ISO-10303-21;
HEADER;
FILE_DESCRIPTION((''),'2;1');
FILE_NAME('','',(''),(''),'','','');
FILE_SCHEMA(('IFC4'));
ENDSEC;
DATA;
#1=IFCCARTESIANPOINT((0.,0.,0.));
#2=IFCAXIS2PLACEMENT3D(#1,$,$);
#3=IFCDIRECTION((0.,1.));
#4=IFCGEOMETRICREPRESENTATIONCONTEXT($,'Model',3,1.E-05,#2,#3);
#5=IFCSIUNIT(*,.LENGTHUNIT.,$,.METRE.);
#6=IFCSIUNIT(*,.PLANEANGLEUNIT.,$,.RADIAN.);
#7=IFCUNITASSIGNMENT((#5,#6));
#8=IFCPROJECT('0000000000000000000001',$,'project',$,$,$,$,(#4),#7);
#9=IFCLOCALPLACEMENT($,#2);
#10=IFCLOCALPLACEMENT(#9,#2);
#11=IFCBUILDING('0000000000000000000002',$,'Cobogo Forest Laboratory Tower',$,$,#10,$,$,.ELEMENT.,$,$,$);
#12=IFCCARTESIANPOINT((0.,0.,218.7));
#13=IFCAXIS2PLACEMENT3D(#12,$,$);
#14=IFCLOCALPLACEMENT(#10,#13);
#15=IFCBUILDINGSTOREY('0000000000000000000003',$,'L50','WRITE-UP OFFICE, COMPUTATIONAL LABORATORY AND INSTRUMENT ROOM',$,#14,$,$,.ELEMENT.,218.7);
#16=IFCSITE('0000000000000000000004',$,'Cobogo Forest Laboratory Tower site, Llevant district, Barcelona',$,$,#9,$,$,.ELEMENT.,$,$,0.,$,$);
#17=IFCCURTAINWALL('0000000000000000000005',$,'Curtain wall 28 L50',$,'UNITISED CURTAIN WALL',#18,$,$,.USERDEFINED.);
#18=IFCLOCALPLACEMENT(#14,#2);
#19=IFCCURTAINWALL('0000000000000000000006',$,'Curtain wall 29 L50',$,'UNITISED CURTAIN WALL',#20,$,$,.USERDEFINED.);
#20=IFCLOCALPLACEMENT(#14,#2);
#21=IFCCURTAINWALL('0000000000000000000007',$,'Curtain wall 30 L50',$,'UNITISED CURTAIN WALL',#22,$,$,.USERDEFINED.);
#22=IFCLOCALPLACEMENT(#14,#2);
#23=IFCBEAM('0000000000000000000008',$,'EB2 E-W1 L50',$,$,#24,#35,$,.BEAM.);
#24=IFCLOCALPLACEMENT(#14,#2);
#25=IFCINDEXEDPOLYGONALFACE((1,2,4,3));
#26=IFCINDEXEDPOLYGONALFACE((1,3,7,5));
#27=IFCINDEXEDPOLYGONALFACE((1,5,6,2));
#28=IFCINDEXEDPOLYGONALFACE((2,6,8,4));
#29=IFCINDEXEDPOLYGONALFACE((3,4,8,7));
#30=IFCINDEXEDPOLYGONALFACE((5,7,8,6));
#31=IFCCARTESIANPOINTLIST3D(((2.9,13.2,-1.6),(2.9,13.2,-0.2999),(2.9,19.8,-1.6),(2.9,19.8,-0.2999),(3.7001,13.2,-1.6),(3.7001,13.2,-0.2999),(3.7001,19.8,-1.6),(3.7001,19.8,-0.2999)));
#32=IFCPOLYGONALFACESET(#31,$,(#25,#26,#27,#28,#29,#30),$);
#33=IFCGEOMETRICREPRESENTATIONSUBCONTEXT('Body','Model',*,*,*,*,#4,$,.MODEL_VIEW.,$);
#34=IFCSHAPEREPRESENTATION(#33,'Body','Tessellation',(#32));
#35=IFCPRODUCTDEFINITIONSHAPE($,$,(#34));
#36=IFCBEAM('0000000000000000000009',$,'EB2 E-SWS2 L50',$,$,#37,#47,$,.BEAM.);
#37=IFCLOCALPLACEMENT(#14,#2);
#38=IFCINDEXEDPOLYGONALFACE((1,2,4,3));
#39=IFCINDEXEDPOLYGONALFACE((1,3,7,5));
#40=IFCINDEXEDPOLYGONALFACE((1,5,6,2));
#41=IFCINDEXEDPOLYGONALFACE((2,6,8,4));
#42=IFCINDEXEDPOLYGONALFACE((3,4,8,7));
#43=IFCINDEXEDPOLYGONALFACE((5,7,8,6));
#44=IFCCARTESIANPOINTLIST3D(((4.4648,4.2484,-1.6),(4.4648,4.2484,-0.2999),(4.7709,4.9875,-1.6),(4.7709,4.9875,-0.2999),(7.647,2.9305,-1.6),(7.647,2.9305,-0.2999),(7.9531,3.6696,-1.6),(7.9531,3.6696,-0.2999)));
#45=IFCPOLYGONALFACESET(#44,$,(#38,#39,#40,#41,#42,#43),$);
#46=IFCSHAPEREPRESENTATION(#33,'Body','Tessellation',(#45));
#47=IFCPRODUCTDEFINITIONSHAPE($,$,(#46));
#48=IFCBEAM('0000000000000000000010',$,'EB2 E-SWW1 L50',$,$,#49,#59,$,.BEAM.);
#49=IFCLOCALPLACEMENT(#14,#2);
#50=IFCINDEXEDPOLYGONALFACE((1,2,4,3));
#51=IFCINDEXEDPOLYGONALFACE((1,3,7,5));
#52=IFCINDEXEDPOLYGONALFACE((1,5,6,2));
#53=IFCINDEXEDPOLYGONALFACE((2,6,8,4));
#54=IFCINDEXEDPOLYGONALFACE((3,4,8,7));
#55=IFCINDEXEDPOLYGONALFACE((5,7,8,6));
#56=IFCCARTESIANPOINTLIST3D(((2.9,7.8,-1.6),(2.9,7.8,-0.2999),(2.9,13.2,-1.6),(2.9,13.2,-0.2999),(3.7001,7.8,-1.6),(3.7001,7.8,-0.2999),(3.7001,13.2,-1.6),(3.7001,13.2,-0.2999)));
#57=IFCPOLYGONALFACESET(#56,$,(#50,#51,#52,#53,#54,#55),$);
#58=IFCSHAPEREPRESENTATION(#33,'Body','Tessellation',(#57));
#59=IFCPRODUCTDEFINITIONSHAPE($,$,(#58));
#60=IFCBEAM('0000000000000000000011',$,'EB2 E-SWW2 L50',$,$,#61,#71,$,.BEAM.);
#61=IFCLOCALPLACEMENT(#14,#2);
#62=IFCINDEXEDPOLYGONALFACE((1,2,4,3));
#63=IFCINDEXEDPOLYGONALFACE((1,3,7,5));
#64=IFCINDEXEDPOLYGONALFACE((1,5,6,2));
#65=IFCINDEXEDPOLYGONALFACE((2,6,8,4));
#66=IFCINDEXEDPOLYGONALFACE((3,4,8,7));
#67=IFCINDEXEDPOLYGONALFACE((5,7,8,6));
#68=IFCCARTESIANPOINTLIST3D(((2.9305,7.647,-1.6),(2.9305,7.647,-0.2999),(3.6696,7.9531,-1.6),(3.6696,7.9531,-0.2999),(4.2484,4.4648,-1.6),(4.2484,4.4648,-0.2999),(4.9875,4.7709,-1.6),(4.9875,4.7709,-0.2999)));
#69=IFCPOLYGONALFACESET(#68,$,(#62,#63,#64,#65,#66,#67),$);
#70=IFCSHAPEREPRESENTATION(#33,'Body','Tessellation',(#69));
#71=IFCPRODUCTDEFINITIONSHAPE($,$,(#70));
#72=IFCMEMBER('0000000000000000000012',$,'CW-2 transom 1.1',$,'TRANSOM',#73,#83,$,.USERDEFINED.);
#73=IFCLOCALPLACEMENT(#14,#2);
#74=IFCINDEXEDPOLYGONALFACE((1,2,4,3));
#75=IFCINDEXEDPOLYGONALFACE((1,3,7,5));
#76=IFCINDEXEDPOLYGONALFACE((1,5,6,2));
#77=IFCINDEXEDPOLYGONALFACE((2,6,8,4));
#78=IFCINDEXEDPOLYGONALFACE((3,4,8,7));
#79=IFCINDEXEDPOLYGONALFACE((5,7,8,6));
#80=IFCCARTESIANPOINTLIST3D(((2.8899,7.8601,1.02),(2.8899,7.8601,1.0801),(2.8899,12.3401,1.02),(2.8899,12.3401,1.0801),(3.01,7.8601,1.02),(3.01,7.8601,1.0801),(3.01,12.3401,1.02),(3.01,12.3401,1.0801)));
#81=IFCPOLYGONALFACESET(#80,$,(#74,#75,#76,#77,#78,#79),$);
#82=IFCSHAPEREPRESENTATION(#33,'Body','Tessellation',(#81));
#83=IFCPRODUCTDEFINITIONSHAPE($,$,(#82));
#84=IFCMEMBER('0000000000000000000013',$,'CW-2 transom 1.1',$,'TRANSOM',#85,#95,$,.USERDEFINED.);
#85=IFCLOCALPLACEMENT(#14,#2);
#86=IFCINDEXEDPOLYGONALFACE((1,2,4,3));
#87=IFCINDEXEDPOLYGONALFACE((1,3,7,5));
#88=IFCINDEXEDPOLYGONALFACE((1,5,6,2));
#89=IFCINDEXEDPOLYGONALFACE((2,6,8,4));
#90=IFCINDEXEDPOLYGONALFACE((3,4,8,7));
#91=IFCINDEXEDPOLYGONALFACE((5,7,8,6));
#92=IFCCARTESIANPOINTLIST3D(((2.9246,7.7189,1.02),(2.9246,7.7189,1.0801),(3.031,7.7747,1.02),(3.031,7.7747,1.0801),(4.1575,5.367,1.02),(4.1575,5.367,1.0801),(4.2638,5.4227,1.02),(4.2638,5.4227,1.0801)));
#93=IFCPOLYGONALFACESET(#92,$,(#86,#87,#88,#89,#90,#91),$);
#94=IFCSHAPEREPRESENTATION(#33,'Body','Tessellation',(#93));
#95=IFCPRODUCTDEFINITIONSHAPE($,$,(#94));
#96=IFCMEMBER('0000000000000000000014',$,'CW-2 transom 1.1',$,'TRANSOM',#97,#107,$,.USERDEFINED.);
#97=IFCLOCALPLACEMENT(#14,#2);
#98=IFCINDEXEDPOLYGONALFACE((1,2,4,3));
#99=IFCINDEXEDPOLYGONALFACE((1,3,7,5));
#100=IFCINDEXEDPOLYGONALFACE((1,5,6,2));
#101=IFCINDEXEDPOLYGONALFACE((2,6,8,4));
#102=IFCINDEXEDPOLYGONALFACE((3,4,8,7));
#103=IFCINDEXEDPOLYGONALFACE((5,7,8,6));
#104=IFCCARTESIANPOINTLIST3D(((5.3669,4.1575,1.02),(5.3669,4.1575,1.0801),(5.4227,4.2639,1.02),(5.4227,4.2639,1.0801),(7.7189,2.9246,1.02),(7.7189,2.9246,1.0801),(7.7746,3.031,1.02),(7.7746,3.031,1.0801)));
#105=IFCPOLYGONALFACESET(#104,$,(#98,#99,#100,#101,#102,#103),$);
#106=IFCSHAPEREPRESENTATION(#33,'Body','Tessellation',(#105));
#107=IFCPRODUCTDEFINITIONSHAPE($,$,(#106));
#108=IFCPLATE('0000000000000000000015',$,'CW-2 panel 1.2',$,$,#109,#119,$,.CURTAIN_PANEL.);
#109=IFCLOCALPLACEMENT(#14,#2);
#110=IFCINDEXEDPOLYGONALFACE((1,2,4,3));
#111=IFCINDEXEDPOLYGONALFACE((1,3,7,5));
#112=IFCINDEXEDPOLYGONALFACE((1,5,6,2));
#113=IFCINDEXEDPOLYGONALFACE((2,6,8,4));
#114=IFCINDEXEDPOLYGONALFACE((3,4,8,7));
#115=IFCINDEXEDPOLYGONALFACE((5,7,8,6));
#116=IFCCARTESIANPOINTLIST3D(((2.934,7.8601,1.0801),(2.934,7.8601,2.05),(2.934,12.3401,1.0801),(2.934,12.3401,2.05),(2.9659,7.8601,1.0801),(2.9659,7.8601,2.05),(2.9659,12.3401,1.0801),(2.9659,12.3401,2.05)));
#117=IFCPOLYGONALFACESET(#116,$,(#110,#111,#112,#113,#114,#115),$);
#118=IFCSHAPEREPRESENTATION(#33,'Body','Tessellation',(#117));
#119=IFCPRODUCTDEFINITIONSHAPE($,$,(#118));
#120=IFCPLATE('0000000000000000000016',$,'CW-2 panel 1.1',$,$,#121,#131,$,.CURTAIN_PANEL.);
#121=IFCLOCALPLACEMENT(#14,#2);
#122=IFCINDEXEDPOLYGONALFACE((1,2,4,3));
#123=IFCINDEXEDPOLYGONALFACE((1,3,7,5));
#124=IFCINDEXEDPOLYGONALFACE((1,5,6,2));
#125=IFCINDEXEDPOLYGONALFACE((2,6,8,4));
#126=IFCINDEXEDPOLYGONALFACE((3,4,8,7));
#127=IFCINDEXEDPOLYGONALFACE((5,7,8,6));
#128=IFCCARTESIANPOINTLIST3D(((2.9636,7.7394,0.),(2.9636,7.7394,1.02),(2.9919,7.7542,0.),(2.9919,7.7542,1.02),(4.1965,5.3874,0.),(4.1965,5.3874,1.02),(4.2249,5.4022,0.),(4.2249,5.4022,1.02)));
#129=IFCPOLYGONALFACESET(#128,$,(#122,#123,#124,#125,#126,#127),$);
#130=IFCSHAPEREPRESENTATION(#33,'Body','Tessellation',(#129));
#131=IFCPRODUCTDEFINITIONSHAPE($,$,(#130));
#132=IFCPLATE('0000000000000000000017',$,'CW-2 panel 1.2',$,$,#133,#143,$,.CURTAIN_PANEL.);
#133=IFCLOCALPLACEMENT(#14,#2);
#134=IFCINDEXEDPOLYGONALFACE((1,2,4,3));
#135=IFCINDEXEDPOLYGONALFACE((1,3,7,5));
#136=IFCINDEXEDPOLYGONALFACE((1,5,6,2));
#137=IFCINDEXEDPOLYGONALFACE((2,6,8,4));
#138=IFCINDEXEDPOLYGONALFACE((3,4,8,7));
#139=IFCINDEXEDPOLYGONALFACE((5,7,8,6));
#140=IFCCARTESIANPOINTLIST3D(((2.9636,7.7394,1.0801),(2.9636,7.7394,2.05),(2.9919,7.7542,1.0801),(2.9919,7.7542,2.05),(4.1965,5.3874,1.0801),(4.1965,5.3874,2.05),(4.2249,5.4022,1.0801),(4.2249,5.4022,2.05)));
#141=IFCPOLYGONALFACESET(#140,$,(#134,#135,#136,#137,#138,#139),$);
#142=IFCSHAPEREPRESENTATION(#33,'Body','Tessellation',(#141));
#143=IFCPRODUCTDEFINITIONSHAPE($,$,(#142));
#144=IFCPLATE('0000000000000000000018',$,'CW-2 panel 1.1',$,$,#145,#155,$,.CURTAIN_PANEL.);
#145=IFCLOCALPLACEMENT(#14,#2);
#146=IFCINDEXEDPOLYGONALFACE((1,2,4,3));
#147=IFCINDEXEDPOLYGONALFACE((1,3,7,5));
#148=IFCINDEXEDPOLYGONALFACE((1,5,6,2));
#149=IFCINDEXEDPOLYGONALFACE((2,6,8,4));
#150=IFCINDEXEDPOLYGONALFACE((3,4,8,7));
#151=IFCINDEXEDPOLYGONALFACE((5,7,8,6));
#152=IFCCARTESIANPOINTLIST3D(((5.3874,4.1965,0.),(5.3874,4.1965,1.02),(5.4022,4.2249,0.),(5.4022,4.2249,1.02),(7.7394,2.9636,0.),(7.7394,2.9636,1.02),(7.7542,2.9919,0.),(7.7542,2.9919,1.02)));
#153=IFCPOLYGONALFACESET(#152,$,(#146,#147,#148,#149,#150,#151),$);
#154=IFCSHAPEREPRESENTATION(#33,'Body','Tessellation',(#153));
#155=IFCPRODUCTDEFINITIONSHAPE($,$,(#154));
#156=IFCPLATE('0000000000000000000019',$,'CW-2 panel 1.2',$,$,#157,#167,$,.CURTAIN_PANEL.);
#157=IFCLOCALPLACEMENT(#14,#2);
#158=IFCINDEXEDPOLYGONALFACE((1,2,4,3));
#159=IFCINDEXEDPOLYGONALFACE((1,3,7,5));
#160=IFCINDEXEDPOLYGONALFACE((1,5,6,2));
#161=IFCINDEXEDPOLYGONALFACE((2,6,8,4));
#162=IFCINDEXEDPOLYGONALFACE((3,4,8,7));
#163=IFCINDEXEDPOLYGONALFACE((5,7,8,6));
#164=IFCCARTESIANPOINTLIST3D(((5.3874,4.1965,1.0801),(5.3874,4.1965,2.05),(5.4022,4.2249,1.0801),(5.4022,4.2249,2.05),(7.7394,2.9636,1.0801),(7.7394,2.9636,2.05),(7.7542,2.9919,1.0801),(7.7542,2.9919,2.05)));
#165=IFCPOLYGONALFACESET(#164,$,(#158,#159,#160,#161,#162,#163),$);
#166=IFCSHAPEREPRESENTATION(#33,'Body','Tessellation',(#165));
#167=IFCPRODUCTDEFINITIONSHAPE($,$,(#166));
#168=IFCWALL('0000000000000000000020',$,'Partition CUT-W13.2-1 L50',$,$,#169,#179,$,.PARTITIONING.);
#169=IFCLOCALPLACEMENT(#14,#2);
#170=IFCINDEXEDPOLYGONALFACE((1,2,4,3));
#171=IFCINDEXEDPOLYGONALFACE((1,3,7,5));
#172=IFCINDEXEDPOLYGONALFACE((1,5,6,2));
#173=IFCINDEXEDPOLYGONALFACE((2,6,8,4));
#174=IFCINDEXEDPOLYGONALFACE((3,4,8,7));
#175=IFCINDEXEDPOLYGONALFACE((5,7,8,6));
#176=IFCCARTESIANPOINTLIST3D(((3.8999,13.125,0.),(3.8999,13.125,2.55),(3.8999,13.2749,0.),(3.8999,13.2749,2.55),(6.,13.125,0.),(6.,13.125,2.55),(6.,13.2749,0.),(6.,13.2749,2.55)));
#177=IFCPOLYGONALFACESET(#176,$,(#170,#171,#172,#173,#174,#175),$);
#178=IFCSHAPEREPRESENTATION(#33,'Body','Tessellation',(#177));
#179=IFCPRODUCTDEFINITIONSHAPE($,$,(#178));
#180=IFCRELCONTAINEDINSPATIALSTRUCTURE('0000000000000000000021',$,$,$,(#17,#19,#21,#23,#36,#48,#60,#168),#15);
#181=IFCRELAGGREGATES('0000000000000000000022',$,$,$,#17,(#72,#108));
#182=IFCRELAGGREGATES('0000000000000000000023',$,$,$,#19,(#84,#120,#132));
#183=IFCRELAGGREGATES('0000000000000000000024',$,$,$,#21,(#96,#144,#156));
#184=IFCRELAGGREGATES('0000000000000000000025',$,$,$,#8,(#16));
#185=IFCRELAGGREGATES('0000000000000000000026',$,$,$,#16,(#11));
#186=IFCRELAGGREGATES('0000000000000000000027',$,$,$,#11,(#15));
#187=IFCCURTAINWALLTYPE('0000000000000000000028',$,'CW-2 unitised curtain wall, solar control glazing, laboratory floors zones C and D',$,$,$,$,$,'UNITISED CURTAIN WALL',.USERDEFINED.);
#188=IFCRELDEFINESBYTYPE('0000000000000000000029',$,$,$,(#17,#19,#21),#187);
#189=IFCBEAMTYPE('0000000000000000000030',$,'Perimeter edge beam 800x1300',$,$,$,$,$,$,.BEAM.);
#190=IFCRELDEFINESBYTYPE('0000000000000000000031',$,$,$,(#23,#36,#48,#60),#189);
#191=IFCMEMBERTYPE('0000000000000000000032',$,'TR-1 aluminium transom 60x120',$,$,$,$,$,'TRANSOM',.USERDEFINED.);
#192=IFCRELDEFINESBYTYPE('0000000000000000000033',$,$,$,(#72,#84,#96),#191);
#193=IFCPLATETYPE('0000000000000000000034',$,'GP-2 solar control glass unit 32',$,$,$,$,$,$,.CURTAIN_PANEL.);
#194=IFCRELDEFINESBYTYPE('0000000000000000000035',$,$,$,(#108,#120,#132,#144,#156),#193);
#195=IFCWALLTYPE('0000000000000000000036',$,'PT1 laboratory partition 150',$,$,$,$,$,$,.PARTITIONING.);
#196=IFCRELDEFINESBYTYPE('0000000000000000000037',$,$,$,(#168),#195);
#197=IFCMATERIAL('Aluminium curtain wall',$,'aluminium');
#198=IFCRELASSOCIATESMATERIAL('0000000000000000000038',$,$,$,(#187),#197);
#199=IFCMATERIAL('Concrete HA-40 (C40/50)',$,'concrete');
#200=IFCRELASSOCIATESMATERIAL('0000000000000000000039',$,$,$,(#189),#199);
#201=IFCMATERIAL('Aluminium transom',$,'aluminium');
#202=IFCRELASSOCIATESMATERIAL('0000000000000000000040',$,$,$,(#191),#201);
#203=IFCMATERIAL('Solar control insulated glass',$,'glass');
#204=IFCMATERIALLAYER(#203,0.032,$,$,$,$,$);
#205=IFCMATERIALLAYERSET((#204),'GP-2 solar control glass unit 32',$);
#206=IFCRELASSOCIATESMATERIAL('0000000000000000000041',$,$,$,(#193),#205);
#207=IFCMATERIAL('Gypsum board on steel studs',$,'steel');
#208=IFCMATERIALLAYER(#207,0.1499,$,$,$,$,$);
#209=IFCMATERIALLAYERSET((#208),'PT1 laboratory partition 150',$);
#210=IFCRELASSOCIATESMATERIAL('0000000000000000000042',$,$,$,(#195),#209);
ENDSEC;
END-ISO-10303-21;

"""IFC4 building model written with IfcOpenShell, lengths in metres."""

from ifc_helpers import new_model, si_unit, direction, frame, frame_2d, origin, origin_2d, place, context, subcontext, project, spatial, rectangle, extrude, material, layer, layer_set, material_profile, profile_set, type_object, element, aggregate, save


model = new_model("IFC4")

# Units and contexts
model_context = context("Model", 3, precision=1e-05, world=origin(), true_north=direction((0.0, 1.0)))
body_context = subcontext(model_context, "Body", "Model", "MODEL_VIEW")
ifc_project = project(units=[si_unit("LENGTHUNIT", "METRE"), si_unit("PLANEANGLEUNIT", "RADIAN")], contexts=[model_context])

# Site, building, storey
site_placement = place(None, origin())
site = spatial("IfcSite", under=ifc_project, at=site_placement, Name="Cobogo Forest Laboratory Tower site, Llevant district, Barcelona", CompositionType="ELEMENT", RefElevation=0.0)
building_placement = place(site_placement, origin())
building = spatial("IfcBuilding", under=site, at=building_placement, Name="Cobogo Forest Laboratory Tower", CompositionType="ELEMENT")
storey_placement = place(building_placement, frame((0.0, 0.0, 218.7)))
storey = spatial("IfcBuildingStorey", under=building, at=storey_placement, Name="L50", Description="WRITE-UP OFFICE, COMPUTATIONAL LABORATORY AND INSTRUMENT ROOM", CompositionType="ELEMENT", Elevation=218.7)

# Curtain wall
ifc_material_1 = material(Name="Aluminium curtain wall", Category="aluminium")
curtain_wall_type = type_object("IfcCurtainWallType", Name="CW-2 unitised curtain wall, solar control glazing, laboratory floors zones C and D", ElementType="UNITISED CURTAIN WALL", PredefinedType="USERDEFINED", material=ifc_material_1)
curtain_wall_1_placement = place(storey_placement, origin())
curtain_wall_1 = element("IfcCurtainWall", 1, at=curtain_wall_1_placement, inside=storey, type_object=curtain_wall_type, Name="Curtain wall 28 L50", ObjectType="UNITISED CURTAIN WALL", PredefinedType="USERDEFINED")

# Curtain walls
curtain_wall_2_placement = place(storey_placement, origin())
curtain_wall_2 = element("IfcCurtainWall", 2, at=curtain_wall_2_placement, inside=storey, type_object=curtain_wall_type, Name="Curtain wall 29 L50", ObjectType="UNITISED CURTAIN WALL", PredefinedType="USERDEFINED")
curtain_wall_3_placement = place(storey_placement, origin())
curtain_wall_3 = element("IfcCurtainWall", 3, at=curtain_wall_3_placement, inside=storey, type_object=curtain_wall_type, Name="Curtain wall 30 L50", ObjectType="UNITISED CURTAIN WALL", PredefinedType="USERDEFINED")

# Beams
ifc_material_2 = material(Name="Concrete HA-40 (C40/50)", Category="concrete")
ifc_material_profile_1 = material_profile(ifc_material_2, rectangle(XDim=0.8, YDim=1.3, at=origin_2d()), Name="RC 800x1300")
ifc_profile_set_1 = profile_set([ifc_material_profile_1], Name="Concrete HA-40 (C40/50)")
beam_type_1 = type_object("IfcBeamType", Name="Perimeter edge beam 800x1300", PredefinedType="BEAM", material=ifc_profile_set_1)
beam_1_placement = place(storey_placement, frame((3.3, 13.2, -0.95), z_axis=(0.0, 1.0, 0.0), x_axis=(-1.0, 0.0, 0.0)))
element("IfcBeam", 4, at=beam_1_placement, inside=storey, type_object=beam_type_1, Name="EB2 E-W1 L50", PredefinedType="BEAM", context=body_context, shape_type="SweptSolid", body=[
    extrude(rectangle(XDim=0.8, YDim=1.3, at=origin_2d()), origin(), (0.0, 0.0, 1.0), 6.6001),
])
beam_2_placement = place(storey_placement, frame((7.8, 3.3, -0.95), z_axis=(-0.923901, 0.382631, 0.0), x_axis=(-0.382631, -0.923901, 0.0)))
element("IfcBeam", 5, at=beam_2_placement, inside=storey, type_object=beam_type_1, Name="EB2 E-SWS2 L50", PredefinedType="BEAM", context=body_context, shape_type="SweptSolid", body=[
    extrude(rectangle(XDim=0.8, YDim=1.3, at=origin_2d()), origin(), (0.0, 0.0, 1.0), 3.4443),
])
beam_3_placement = place(storey_placement, frame((3.3, 13.2, -0.95), z_axis=(0.0, -1.0, 0.0), x_axis=(1.0, 0.0, 0.0)))
element("IfcBeam", 6, at=beam_3_placement, inside=storey, type_object=beam_type_1, Name="EB2 E-SWW1 L50", PredefinedType="BEAM", context=body_context, shape_type="SweptSolid", body=[
    extrude(rectangle(XDim=0.8, YDim=1.3, at=origin_2d()), origin(), (0.0, 0.0, 1.0), 5.3999),
])
beam_4_placement = place(storey_placement, frame((3.3, 7.8, -0.95), z_axis=(0.382631, -0.923901, 0.0), x_axis=(0.923901, 0.382631, 0.0)))
element("IfcBeam", 7, at=beam_4_placement, inside=storey, type_object=beam_type_1, Name="EB2 E-SWW2 L50", PredefinedType="BEAM", context=body_context, shape_type="SweptSolid", body=[
    extrude(rectangle(XDim=0.8, YDim=1.3, at=origin_2d()), origin(), (0.0, 0.0, 1.0), 3.4443),
])

# Members
ifc_material_3 = material(Name="Aluminium transom", Category="aluminium")
ifc_material_profile_2 = material_profile(ifc_material_3, rectangle(XDim=0.1201, YDim=0.0601, at=origin_2d()), Name="AL 60x120")
ifc_profile_set_2 = profile_set([ifc_material_profile_2], Name="Aluminium transom")
member_type_1 = type_object("IfcMemberType", Name="TR-1 aluminium transom 60x120", ElementType="TRANSOM", PredefinedType="USERDEFINED", material=ifc_profile_set_2)
member_1_placement = place(storey_placement, frame((2.95, 12.3401, 1.05), z_axis=(0.0, -1.0, 0.0), x_axis=(1.0, 0.0, 0.0)))
member_1 = element("IfcMember", 8, at=member_1_placement, type_object=member_type_1, Name="CW-2 transom 1.1", ObjectType="TRANSOM", PredefinedType="USERDEFINED", context=body_context, shape_type="SweptSolid", body=[
    extrude(rectangle(XDim=0.1201, YDim=0.0601, at=origin_2d()), origin(), (0.0, 0.0, 1.0), 4.48),
])
member_2_placement = place(storey_placement, frame((2.9778, 7.7468, 1.05), z_axis=(0.464268, -0.885695, 0.0), x_axis=(0.885695, 0.464268, 0.0)))
member_2 = element("IfcMember", 9, at=member_2_placement, type_object=member_type_1, Name="CW-2 transom 1.1", ObjectType="TRANSOM", PredefinedType="USERDEFINED", context=body_context, shape_type="SweptSolid", body=[
    extrude(rectangle(XDim=0.1201, YDim=0.0601, at=origin_2d()), origin(), (0.0, 0.0, 1.0), 2.6555),
])
member_3_placement = place(storey_placement, frame((5.3948, 4.2107, 1.05), z_axis=(0.885695, -0.464268, 0.0), x_axis=(0.464268, 0.885695, 0.0)))
member_3 = element("IfcMember", 10, at=member_3_placement, type_object=member_type_1, Name="CW-2 transom 1.1", ObjectType="TRANSOM", PredefinedType="USERDEFINED", context=body_context, shape_type="SweptSolid", body=[
    extrude(rectangle(XDim=0.1201, YDim=0.0601, at=origin_2d()), origin(), (0.0, 0.0, 1.0), 2.6555),
])

# Plates
ifc_material_4 = material(Name="Solar control insulated glass", Category="glass")
ifc_layer_1 = layer(ifc_material_4, 0.032)
ifc_layer_set_1 = layer_set([ifc_layer_1], Name="GP-2 solar control glass unit 32")
plate_type = type_object("IfcPlateType", Name="GP-2 solar control glass unit 32", PredefinedType="CURTAIN_PANEL", material=ifc_layer_set_1)
plate_1_placement = place(storey_placement, frame((2.95, 10.1001, 1.0801), z_axis=(0.0, 0.0, 1.0), x_axis=(0.0, -1.0, 0.0)))
plate_1 = element("IfcPlate", 11, at=plate_1_placement, type_object=plate_type, Name="CW-2 panel 1.2", PredefinedType="CURTAIN_PANEL", context=body_context, shape_type="SweptSolid", body=[
    extrude(rectangle(XDim=4.48, YDim=0.032, at=origin_2d()), origin(), (0.0, 0.0, 1.0), 0.97),
])
aggregate(curtain_wall_1, [member_1, plate_1])
plate_2_placement = place(storey_placement, frame((3.5942, 6.5708, 0.0), z_axis=(0.0, 0.0, 1.0), x_axis=(0.464284, -0.885687, 0.0)))
plate_2 = element("IfcPlate", 12, at=plate_2_placement, type_object=plate_type, Name="CW-2 panel 1.1", PredefinedType="CURTAIN_PANEL", context=body_context, shape_type="SweptSolid", body=[
    extrude(rectangle(XDim=2.6555, YDim=0.032, at=origin_2d()), origin(), (0.0, 0.0, 1.0), 1.02),
])
plate_3_placement = place(storey_placement, frame((3.5942, 6.5708, 1.0801), z_axis=(0.0, 0.0, 1.0), x_axis=(0.464284, -0.885687, 0.0)))
plate_3 = element("IfcPlate", 13, at=plate_3_placement, type_object=plate_type, Name="CW-2 panel 1.2", PredefinedType="CURTAIN_PANEL", context=body_context, shape_type="SweptSolid", body=[
    extrude(rectangle(XDim=2.6555, YDim=0.032, at=origin_2d()), origin(), (0.0, 0.0, 1.0), 0.97),
])
aggregate(curtain_wall_2, [member_2, plate_2, plate_3])
plate_4_placement = place(storey_placement, frame((6.5708, 3.5942, 0.0), z_axis=(0.0, 0.0, 1.0), x_axis=(0.885687, -0.464284, 0.0)))
plate_4 = element("IfcPlate", 14, at=plate_4_placement, type_object=plate_type, Name="CW-2 panel 1.1", PredefinedType="CURTAIN_PANEL", context=body_context, shape_type="SweptSolid", body=[
    extrude(rectangle(XDim=2.6555, YDim=0.032, at=origin_2d()), origin(), (0.0, 0.0, 1.0), 1.02),
])
plate_5_placement = place(storey_placement, frame((6.5708, 3.5942, 1.0801), z_axis=(0.0, 0.0, 1.0), x_axis=(0.885687, -0.464284, 0.0)))
plate_5 = element("IfcPlate", 15, at=plate_5_placement, type_object=plate_type, Name="CW-2 panel 1.2", PredefinedType="CURTAIN_PANEL", context=body_context, shape_type="SweptSolid", body=[
    extrude(rectangle(XDim=2.6555, YDim=0.032, at=origin_2d()), origin(), (0.0, 0.0, 1.0), 0.97),
])
aggregate(curtain_wall_3, [member_3, plate_4, plate_5])

# Wall
ifc_material_5 = material(Name="Gypsum board on steel studs", Category="steel")
ifc_layer_2 = layer(ifc_material_5, 0.1499)
ifc_layer_set_2 = layer_set([ifc_layer_2], Name="PT1 laboratory partition 150")
wall_type = type_object("IfcWallType", Name="PT1 laboratory partition 150", PredefinedType="PARTITIONING", material=ifc_layer_set_2)
wall_placement = place(storey_placement, frame((3.8999, 13.2, 0.0), z_axis=(0.0, 0.0, 1.0), x_axis=(1.0, 0.0, 0.0)))
element("IfcWall", 16, at=wall_placement, inside=storey, type_object=wall_type, Name="Partition CUT-W13.2-1 L50", PredefinedType="PARTITIONING", context=body_context, shape_type="SweptSolid", body=[
    extrude(rectangle(XDim=2.1001, YDim=0.1499, at=frame_2d((1.05, 0.0))), origin(), (0.0, 0.0, 1.0), 2.55),
])

save(model, "model.ifc")
